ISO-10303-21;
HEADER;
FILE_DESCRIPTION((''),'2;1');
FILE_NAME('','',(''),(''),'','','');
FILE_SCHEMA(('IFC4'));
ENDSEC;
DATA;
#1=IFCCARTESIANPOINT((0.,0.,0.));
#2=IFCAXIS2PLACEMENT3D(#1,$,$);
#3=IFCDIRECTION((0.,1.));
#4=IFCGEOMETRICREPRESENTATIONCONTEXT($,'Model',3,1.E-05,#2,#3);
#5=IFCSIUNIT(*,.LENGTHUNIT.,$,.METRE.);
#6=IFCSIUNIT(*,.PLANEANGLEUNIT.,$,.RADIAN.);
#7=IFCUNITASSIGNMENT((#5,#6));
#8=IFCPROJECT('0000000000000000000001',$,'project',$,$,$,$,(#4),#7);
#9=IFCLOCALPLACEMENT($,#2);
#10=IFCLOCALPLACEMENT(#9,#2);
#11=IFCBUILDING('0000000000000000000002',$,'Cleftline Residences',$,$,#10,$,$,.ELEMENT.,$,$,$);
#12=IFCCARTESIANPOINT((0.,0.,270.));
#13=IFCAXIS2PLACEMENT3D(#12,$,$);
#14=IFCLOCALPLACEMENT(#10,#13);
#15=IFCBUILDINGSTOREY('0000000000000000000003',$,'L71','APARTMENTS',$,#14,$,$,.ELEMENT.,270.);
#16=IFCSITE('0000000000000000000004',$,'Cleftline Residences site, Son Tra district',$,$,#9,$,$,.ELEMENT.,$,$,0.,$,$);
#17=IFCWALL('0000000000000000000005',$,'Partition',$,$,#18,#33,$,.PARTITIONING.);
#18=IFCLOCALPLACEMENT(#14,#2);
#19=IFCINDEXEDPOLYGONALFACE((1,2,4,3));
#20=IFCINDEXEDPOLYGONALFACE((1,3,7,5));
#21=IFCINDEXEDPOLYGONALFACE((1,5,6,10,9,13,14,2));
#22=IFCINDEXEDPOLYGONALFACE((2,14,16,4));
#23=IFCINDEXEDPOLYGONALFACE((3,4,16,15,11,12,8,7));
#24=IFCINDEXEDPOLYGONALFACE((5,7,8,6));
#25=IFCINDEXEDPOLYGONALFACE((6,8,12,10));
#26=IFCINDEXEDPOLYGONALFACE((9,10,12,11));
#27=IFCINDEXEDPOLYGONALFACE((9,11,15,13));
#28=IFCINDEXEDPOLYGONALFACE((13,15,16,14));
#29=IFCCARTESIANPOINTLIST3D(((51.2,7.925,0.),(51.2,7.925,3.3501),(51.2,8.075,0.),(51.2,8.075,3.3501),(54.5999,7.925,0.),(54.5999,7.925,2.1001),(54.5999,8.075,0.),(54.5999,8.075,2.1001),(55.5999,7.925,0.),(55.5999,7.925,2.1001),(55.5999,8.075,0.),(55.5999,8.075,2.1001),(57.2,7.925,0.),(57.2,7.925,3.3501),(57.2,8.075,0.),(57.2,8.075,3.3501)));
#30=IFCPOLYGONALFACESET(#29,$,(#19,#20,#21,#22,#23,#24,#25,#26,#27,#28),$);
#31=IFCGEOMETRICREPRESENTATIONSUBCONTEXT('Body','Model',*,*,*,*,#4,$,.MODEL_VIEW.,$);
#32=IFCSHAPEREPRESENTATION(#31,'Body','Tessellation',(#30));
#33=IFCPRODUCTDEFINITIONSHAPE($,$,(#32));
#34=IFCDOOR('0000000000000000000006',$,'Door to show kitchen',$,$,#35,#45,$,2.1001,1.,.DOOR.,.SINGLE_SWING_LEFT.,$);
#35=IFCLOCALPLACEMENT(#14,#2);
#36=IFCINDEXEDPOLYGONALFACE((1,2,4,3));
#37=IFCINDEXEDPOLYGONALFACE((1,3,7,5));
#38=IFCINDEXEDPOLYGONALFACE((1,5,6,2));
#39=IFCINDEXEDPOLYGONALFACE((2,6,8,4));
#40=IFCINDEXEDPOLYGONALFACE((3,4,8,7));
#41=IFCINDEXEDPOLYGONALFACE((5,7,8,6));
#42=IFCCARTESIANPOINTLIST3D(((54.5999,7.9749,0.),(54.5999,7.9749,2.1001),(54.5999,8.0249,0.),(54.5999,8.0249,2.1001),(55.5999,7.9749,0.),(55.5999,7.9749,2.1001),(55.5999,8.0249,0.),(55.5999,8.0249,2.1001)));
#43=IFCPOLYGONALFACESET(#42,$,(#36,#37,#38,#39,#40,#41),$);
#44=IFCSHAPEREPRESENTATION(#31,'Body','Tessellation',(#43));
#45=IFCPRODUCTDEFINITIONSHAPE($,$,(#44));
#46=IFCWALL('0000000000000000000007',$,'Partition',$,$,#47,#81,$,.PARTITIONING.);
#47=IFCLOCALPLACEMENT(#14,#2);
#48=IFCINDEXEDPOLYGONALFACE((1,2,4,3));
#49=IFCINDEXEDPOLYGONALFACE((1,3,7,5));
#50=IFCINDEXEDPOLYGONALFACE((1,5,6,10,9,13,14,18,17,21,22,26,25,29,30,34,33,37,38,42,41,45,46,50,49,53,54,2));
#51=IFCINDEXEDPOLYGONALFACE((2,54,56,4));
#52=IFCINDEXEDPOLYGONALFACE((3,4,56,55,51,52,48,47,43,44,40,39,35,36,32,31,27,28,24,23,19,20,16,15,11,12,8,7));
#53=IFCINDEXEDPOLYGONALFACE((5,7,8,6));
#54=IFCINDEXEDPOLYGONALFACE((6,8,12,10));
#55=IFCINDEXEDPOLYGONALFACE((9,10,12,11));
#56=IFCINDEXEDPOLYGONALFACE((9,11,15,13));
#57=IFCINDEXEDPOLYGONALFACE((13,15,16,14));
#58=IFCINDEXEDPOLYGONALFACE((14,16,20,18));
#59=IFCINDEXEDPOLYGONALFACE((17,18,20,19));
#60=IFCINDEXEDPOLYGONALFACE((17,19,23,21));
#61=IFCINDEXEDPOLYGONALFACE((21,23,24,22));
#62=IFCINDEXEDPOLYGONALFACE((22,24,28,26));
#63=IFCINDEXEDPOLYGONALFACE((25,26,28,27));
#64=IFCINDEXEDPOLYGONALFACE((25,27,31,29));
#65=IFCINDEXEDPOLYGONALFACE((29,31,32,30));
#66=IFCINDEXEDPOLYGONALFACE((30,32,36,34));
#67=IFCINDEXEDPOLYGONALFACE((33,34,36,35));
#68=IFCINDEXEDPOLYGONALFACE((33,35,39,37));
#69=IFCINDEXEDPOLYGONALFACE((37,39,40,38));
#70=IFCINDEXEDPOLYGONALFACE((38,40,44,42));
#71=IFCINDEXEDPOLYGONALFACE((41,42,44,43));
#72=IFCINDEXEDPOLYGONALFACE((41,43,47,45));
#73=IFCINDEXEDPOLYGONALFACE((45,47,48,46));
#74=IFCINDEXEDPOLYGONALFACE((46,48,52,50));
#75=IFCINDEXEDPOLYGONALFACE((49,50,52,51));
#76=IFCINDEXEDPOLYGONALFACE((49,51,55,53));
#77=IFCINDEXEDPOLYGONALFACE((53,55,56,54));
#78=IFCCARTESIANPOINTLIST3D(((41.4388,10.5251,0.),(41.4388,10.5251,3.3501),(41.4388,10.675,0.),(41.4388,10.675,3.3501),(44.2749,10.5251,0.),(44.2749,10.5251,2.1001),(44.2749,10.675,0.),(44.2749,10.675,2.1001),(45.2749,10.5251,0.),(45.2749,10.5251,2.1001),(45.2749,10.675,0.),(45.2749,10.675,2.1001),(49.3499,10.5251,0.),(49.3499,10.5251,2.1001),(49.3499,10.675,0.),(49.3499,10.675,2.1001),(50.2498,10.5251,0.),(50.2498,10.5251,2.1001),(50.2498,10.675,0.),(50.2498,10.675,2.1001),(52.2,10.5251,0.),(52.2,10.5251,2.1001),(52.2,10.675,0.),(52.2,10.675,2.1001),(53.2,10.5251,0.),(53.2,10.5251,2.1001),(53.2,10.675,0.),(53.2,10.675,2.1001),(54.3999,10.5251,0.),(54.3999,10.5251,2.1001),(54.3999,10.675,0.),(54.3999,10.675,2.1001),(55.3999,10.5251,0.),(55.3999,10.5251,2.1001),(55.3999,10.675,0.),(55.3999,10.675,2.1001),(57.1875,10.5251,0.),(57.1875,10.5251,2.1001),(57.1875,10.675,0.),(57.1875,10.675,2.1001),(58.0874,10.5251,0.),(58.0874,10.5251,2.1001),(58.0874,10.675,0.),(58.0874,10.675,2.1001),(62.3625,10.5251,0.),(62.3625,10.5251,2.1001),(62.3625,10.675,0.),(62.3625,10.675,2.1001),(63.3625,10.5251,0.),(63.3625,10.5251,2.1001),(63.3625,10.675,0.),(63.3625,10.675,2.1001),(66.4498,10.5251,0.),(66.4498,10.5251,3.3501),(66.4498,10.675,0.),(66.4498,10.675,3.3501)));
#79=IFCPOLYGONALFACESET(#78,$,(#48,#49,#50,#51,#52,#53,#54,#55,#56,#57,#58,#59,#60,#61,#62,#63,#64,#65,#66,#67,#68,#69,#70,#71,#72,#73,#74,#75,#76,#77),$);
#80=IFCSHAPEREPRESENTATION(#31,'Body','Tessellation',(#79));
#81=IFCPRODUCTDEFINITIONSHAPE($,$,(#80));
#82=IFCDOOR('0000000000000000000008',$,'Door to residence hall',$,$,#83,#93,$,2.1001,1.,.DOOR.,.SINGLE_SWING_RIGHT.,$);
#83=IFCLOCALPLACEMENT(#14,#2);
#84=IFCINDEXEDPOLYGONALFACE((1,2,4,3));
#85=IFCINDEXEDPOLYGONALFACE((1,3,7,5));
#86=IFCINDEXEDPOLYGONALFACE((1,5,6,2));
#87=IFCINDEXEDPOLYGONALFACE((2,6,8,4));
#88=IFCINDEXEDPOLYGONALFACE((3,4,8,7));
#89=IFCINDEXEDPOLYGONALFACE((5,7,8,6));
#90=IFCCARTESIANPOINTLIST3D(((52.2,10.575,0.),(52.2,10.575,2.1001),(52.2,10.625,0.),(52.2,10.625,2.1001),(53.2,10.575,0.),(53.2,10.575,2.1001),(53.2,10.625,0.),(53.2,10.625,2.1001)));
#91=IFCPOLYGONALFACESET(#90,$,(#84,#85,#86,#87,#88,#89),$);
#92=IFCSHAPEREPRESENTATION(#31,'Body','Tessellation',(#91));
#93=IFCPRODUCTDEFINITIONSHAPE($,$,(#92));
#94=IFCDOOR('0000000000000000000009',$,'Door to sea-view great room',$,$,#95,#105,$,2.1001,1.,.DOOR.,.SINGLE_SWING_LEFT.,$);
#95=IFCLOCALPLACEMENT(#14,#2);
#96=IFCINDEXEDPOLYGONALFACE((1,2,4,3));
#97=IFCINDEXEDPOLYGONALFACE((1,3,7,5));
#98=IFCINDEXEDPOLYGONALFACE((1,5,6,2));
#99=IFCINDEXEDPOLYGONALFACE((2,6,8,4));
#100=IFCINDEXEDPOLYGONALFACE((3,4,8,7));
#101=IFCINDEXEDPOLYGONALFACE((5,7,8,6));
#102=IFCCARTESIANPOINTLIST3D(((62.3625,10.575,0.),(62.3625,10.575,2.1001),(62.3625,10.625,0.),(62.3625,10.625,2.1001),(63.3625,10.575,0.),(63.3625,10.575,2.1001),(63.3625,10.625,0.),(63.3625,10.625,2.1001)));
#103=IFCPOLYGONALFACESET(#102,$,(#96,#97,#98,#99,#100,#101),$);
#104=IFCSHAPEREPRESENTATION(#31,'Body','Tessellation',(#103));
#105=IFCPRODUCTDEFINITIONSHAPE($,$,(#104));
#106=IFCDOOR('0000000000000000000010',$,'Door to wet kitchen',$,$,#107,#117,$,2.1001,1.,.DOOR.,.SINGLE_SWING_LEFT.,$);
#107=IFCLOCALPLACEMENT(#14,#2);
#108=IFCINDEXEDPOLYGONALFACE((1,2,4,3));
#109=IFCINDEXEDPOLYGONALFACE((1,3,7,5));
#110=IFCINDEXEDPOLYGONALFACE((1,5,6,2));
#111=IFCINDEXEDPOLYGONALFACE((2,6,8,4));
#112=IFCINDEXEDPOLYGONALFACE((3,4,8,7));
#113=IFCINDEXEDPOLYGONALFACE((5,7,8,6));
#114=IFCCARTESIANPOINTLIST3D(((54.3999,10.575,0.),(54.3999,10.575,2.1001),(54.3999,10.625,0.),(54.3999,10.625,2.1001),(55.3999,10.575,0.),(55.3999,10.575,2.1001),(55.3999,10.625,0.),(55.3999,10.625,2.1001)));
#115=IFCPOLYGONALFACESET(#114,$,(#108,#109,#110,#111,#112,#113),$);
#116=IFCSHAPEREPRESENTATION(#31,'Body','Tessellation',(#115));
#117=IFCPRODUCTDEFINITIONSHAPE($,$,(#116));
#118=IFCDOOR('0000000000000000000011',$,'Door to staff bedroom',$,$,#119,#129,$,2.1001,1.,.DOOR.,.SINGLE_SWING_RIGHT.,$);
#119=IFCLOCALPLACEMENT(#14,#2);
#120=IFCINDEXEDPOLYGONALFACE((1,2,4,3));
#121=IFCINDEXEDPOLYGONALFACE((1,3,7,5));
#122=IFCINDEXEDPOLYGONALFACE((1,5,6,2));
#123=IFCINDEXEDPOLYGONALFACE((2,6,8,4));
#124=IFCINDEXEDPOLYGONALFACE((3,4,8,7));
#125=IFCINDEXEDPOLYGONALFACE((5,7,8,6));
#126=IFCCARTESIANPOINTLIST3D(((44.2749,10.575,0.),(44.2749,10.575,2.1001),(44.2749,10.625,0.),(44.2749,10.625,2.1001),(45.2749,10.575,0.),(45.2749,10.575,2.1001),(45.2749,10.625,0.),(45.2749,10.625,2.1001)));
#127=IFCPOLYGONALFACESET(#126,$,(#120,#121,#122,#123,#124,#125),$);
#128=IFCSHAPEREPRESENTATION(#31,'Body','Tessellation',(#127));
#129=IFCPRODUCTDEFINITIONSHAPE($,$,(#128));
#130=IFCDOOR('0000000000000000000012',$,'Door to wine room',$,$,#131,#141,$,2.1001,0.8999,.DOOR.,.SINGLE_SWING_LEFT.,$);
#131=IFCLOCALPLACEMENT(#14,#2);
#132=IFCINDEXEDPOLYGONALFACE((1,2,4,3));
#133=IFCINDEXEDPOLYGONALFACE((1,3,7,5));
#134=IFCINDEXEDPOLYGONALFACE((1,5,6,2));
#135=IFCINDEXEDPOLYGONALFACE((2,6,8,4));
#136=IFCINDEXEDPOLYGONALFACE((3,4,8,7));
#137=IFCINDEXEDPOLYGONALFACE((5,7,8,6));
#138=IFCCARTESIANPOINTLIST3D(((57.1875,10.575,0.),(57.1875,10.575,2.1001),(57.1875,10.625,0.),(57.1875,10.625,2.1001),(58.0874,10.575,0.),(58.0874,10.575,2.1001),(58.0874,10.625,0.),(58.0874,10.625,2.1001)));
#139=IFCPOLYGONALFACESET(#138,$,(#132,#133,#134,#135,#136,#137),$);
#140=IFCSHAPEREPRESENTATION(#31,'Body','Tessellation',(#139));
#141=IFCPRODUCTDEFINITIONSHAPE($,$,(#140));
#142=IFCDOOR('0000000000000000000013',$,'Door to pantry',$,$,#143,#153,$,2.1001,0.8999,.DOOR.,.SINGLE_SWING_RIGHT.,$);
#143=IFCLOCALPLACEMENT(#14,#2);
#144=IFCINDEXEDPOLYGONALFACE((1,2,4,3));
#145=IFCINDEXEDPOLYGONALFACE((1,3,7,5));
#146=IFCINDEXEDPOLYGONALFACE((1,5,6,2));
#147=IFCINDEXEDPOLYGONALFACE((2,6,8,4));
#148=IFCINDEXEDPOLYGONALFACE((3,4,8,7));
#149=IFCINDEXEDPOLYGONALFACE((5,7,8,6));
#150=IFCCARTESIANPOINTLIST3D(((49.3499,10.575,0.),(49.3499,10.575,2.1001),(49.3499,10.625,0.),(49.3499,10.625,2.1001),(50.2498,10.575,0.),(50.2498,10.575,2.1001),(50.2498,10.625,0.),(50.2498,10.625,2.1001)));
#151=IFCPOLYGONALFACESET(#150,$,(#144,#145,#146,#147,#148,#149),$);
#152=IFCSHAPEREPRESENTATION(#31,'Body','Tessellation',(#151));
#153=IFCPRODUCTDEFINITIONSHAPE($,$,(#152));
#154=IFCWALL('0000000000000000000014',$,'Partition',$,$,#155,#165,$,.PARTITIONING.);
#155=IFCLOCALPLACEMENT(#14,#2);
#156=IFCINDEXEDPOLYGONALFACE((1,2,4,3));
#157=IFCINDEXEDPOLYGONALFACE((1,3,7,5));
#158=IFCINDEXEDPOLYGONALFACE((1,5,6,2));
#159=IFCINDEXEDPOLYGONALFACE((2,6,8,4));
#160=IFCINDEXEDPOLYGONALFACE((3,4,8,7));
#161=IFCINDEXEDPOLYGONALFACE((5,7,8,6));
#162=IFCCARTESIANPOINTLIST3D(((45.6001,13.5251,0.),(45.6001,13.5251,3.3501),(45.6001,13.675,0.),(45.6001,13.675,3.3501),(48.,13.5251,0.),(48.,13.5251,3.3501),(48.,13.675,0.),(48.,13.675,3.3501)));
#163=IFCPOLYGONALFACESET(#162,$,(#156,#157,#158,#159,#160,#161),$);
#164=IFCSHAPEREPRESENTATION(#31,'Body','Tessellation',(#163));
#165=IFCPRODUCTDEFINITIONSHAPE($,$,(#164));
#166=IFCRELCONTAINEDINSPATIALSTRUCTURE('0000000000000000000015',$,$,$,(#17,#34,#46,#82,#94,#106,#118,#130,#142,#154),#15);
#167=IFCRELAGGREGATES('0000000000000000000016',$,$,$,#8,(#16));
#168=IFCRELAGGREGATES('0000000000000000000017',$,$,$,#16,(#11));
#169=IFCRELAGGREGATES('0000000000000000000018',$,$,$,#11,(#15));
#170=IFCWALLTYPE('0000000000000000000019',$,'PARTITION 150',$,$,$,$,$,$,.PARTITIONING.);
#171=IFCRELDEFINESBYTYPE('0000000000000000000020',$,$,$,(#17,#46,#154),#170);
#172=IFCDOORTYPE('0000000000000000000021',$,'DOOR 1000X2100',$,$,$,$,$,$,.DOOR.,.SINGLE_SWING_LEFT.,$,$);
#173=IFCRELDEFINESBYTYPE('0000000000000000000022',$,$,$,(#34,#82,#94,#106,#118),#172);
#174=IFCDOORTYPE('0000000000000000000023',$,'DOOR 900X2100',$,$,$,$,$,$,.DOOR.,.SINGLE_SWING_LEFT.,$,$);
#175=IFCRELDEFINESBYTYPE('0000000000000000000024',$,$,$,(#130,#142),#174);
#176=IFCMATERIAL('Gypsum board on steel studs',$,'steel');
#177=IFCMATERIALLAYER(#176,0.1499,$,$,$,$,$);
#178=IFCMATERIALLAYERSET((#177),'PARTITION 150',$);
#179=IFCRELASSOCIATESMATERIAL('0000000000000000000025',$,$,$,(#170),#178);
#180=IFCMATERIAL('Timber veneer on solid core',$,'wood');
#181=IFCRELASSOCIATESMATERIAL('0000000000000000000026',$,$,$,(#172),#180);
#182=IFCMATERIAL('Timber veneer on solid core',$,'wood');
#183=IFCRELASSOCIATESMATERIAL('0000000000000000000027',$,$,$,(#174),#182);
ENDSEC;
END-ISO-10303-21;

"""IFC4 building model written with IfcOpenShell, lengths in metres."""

from ifc_helpers import new_model, si_unit, direction, frame, frame_2d, origin, place, context, subcontext, project, spatial, rectangle, extrude, material, layer, layer_set, type_object, element, fill, save


model = new_model("IFC4")

# Units and contexts
model_context = context("Model", 3, precision=1e-05, world=origin(), true_north=direction((0.0, 1.0)))
body_context = subcontext(model_context, "Body", "Model", "MODEL_VIEW")
ifc_project = project(units=[si_unit("LENGTHUNIT", "METRE"), si_unit("PLANEANGLEUNIT", "RADIAN")], contexts=[model_context])

# Site, building, storey
site_placement = place(None, origin())
site = spatial("IfcSite", under=ifc_project, at=site_placement, Name="Cleftline Residences site, Son Tra district", CompositionType="ELEMENT", RefElevation=0.0)
building_placement = place(site_placement, origin())
building = spatial("IfcBuilding", under=site, at=building_placement, Name="Cleftline Residences", CompositionType="ELEMENT")
storey_placement = place(building_placement, frame((0.0, 0.0, 270.0)))
storey = spatial("IfcBuildingStorey", under=building, at=storey_placement, Name="L71", Description="APARTMENTS", CompositionType="ELEMENT", Elevation=270.0)

# Wall, opening, door
ifc_material_1 = material(Name="Gypsum board on steel studs", Category="steel")
ifc_layer_1 = layer(ifc_material_1, 0.1499)
ifc_layer_set_1 = layer_set([ifc_layer_1], Name="PARTITION 150")
wall_type_1 = type_object("IfcWallType", Name="PARTITION 150", PredefinedType="PARTITIONING", material=ifc_layer_set_1)
ifc_material_2 = material(Name="Timber veneer on solid core", Category="wood")
door_type_1 = type_object("IfcDoorType", Name="DOOR 1000X2100", OperationType="SINGLE_SWING_LEFT", PredefinedType="DOOR", material=ifc_material_2)
wall_1_placement = place(storey_placement, frame((51.2, 8.0, 0.0), z_axis=(0.0, 0.0, 1.0), x_axis=(1.0, 0.0, 0.0)))
wall_1 = element("IfcWall", 1, at=wall_1_placement, inside=storey, type_object=wall_type_1, Name="Partition", PredefinedType="PARTITIONING", context=body_context, shape_type="SweptSolid", body=[
    extrude(rectangle(XDim=6.0, YDim=0.1499, at=frame_2d((3.0, 0.0))), origin(), (0.0, 0.0, 1.0), 3.3501),
])
opening_1_placement = place(wall_1_placement, frame((3.3999, 0.0, 0.0)))
opening_1 = element("IfcOpeningElement", 2, at=opening_1_placement, cuts=wall_1, PredefinedType="OPENING", context=body_context, shape_type="SweptSolid", body=[
    extrude(rectangle(XDim=1.0, YDim=2.1001, at=frame_2d((0.5, 1.05))), frame((0.0, 0.085, 0.0), z_axis=(0.0, -1.0, 0.0), x_axis=(1.0, 0.0, 0.0)), (0.0, 0.0, 1.0), 0.1699),
])
door_1_placement = place(opening_1_placement, origin())
door_1 = element("IfcDoor", 3, at=door_1_placement, inside=storey, type_object=door_type_1, Name="Door to show kitchen", OperationType="SINGLE_SWING_LEFT", OverallHeight=2.1001, OverallWidth=1.0, PredefinedType="DOOR", context=body_context, shape_type="SweptSolid", body=[
    extrude(rectangle(XDim=1.0, YDim=2.1001, at=frame_2d((0.5, 1.05))), frame((0.0, 0.0249, 0.0), z_axis=(0.0, -1.0, 0.0), x_axis=(1.0, 0.0, 0.0)), (0.0, 0.0, 1.0), 0.05),
])
fill(opening_1, door_1)

# Wall, openings, doors
wall_2_placement = place(storey_placement, frame((41.439, 10.6001, 0.0), z_axis=(0.0, 0.0, 1.0), x_axis=(1.0, 0.0, 0.0)))
wall_2 = element("IfcWall", 4, at=wall_2_placement, inside=storey, type_object=wall_type_1, Name="Partition", PredefinedType="PARTITIONING", context=body_context, shape_type="SweptSolid", body=[
    extrude(rectangle(XDim=25.011, YDim=0.1499, at=frame_2d((12.5054, 0.0))), origin(), (0.0, 0.0, 1.0), 3.3501),
])
opening_2_placement = place(wall_2_placement, frame((10.761, 0.0, 0.0)))
opening_2 = element("IfcOpeningElement", 5, at=opening_2_placement, cuts=wall_2, PredefinedType="OPENING", context=body_context, shape_type="SweptSolid", body=[
    extrude(rectangle(XDim=1.0, YDim=2.1001, at=frame_2d((0.5, 1.05))), frame((0.0, 0.085, 0.0), z_axis=(0.0, -1.0, 0.0), x_axis=(1.0, 0.0, 0.0)), (0.0, 0.0, 1.0), 0.1699),
])
opening_3_placement = place(wall_2_placement, frame((20.9236, 0.0, 0.0)))
opening_3 = element("IfcOpeningElement", 6, at=opening_3_placement, cuts=wall_2, PredefinedType="OPENING", context=body_context, shape_type="SweptSolid", body=[
    extrude(rectangle(XDim=1.0, YDim=2.1001, at=frame_2d((0.5, 1.05))), frame((0.0, 0.085, 0.0), z_axis=(0.0, -1.0, 0.0), x_axis=(1.0, 0.0, 0.0)), (0.0, 0.0, 1.0), 0.1699),
])
opening_4_placement = place(wall_2_placement, frame((15.7485, 0.0, 0.0)))
opening_4 = element("IfcOpeningElement", 7, at=opening_4_placement, cuts=wall_2, PredefinedType="OPENING", context=body_context, shape_type="SweptSolid", body=[
    extrude(rectangle(XDim=0.8999, YDim=2.1001, at=frame_2d((0.45, 1.05))), frame((0.0, 0.085, 0.0), z_axis=(0.0, -1.0, 0.0), x_axis=(1.0, 0.0, 0.0)), (0.0, 0.0, 1.0), 0.1699),
])
opening_5_placement = place(wall_2_placement, frame((12.9609, 0.0, 0.0)))
opening_5 = element("IfcOpeningElement", 8, at=opening_5_placement, cuts=wall_2, PredefinedType="OPENING", context=body_context, shape_type="SweptSolid", body=[
    extrude(rectangle(XDim=1.0, YDim=2.1001, at=frame_2d((0.5, 1.05))), frame((0.0, 0.085, 0.0), z_axis=(0.0, -1.0, 0.0), x_axis=(1.0, 0.0, 0.0)), (0.0, 0.0, 1.0), 0.1699),
])
opening_6_placement = place(wall_2_placement, frame((7.9109, 0.0, 0.0)))
opening_6 = element("IfcOpeningElement", 9, at=opening_6_placement, cuts=wall_2, PredefinedType="OPENING", context=body_context, shape_type="SweptSolid", body=[
    extrude(rectangle(XDim=0.8999, YDim=2.1001, at=frame_2d((0.45, 1.05))), frame((0.0, 0.085, 0.0), z_axis=(0.0, -1.0, 0.0), x_axis=(1.0, 0.0, 0.0)), (0.0, 0.0, 1.0), 0.1699),
])
opening_7_placement = place(wall_2_placement, frame((2.8359, 0.0, 0.0)))
opening_7 = element("IfcOpeningElement", 10, at=opening_7_placement, cuts=wall_2, PredefinedType="OPENING", context=body_context, shape_type="SweptSolid", body=[
    extrude(rectangle(XDim=1.0, YDim=2.1001, at=frame_2d((0.5, 1.05))), frame((0.0, 0.085, 0.0), z_axis=(0.0, -1.0, 0.0), x_axis=(1.0, 0.0, 0.0)), (0.0, 0.0, 1.0), 0.1699),
])
door_2_placement = place(opening_2_placement, origin())
door_2 = element("IfcDoor", 11, at=door_2_placement, inside=storey, type_object=door_type_1, Name="Door to residence hall", OperationType="SINGLE_SWING_RIGHT", OverallHeight=2.1001, OverallWidth=1.0, PredefinedType="DOOR", context=body_context, shape_type="SweptSolid", body=[
    extrude(rectangle(XDim=1.0, YDim=2.1001, at=frame_2d((0.5, 1.05))), frame((0.0, 0.0249, 0.0), z_axis=(0.0, -1.0, 0.0), x_axis=(1.0, 0.0, 0.0)), (0.0, 0.0, 1.0), 0.05),
])
fill(opening_2, door_2)
door_3_placement = place(opening_3_placement, origin())
door_3 = element("IfcDoor", 12, at=door_3_placement, inside=storey, type_object=door_type_1, Name="Door to sea-view great room", OperationType="SINGLE_SWING_LEFT", OverallHeight=2.1001, OverallWidth=1.0, PredefinedType="DOOR", context=body_context, shape_type="SweptSolid", body=[
    extrude(rectangle(XDim=1.0, YDim=2.1001, at=frame_2d((0.5, 1.05))), frame((0.0, 0.0249, 0.0), z_axis=(0.0, -1.0, 0.0), x_axis=(1.0, 0.0, 0.0)), (0.0, 0.0, 1.0), 0.05),
])
fill(opening_3, door_3)
door_4_placement = place(opening_5_placement, origin())
door_4 = element("IfcDoor", 13, at=door_4_placement, inside=storey, type_object=door_type_1, Name="Door to wet kitchen", OperationType="SINGLE_SWING_LEFT", OverallHeight=2.1001, OverallWidth=1.0, PredefinedType="DOOR", context=body_context, shape_type="SweptSolid", body=[
    extrude(rectangle(XDim=1.0, YDim=2.1001, at=frame_2d((0.5, 1.05))), frame((0.0, 0.0249, 0.0), z_axis=(0.0, -1.0, 0.0), x_axis=(1.0, 0.0, 0.0)), (0.0, 0.0, 1.0), 0.05),
])
fill(opening_5, door_4)
door_5_placement = place(opening_7_placement, origin())
door_5 = element("IfcDoor", 14, at=door_5_placement, inside=storey, type_object=door_type_1, Name="Door to staff bedroom", OperationType="SINGLE_SWING_RIGHT", OverallHeight=2.1001, OverallWidth=1.0, PredefinedType="DOOR", context=body_context, shape_type="SweptSolid", body=[
    extrude(rectangle(XDim=1.0, YDim=2.1001, at=frame_2d((0.5, 1.05))), frame((0.0, 0.0249, 0.0), z_axis=(0.0, -1.0, 0.0), x_axis=(1.0, 0.0, 0.0)), (0.0, 0.0, 1.0), 0.05),
])
fill(opening_7, door_5)
ifc_material_3 = material(Name="Timber veneer on solid core", Category="wood")
door_type_2 = type_object("IfcDoorType", Name="DOOR 900X2100", OperationType="SINGLE_SWING_LEFT", PredefinedType="DOOR", material=ifc_material_3)
door_6_placement = place(opening_4_placement, origin())
door_6 = element("IfcDoor", 15, at=door_6_placement, inside=storey, type_object=door_type_2, Name="Door to wine room", OperationType="SINGLE_SWING_LEFT", OverallHeight=2.1001, OverallWidth=0.8999, PredefinedType="DOOR", context=body_context, shape_type="SweptSolid", body=[
    extrude(rectangle(XDim=0.8999, YDim=2.1001, at=frame_2d((0.45, 1.05))), frame((0.0, 0.0249, 0.0), z_axis=(0.0, -1.0, 0.0), x_axis=(1.0, 0.0, 0.0)), (0.0, 0.0, 1.0), 0.05),
])
fill(opening_4, door_6)
door_7_placement = place(opening_6_placement, origin())
door_7 = element("IfcDoor", 16, at=door_7_placement, inside=storey, type_object=door_type_2, Name="Door to pantry", OperationType="SINGLE_SWING_RIGHT", OverallHeight=2.1001, OverallWidth=0.8999, PredefinedType="DOOR", context=body_context, shape_type="SweptSolid", body=[
    extrude(rectangle(XDim=0.8999, YDim=2.1001, at=frame_2d((0.45, 1.05))), frame((0.0, 0.0249, 0.0), z_axis=(0.0, -1.0, 0.0), x_axis=(1.0, 0.0, 0.0)), (0.0, 0.0, 1.0), 0.05),
])
fill(opening_6, door_7)

# Wall
wall_3_placement = place(storey_placement, frame((45.6001, 13.6001, 0.0), z_axis=(0.0, 0.0, 1.0), x_axis=(1.0, 0.0, 0.0)))
element("IfcWall", 17, at=wall_3_placement, inside=storey, type_object=wall_type_1, Name="Partition", PredefinedType="PARTITIONING", context=body_context, shape_type="SweptSolid", body=[
    extrude(rectangle(XDim=2.3999, YDim=0.1499, at=frame_2d((1.2, 0.0))), origin(), (0.0, 0.0, 1.0), 3.3501),
])

save(model, "model.ifc")
